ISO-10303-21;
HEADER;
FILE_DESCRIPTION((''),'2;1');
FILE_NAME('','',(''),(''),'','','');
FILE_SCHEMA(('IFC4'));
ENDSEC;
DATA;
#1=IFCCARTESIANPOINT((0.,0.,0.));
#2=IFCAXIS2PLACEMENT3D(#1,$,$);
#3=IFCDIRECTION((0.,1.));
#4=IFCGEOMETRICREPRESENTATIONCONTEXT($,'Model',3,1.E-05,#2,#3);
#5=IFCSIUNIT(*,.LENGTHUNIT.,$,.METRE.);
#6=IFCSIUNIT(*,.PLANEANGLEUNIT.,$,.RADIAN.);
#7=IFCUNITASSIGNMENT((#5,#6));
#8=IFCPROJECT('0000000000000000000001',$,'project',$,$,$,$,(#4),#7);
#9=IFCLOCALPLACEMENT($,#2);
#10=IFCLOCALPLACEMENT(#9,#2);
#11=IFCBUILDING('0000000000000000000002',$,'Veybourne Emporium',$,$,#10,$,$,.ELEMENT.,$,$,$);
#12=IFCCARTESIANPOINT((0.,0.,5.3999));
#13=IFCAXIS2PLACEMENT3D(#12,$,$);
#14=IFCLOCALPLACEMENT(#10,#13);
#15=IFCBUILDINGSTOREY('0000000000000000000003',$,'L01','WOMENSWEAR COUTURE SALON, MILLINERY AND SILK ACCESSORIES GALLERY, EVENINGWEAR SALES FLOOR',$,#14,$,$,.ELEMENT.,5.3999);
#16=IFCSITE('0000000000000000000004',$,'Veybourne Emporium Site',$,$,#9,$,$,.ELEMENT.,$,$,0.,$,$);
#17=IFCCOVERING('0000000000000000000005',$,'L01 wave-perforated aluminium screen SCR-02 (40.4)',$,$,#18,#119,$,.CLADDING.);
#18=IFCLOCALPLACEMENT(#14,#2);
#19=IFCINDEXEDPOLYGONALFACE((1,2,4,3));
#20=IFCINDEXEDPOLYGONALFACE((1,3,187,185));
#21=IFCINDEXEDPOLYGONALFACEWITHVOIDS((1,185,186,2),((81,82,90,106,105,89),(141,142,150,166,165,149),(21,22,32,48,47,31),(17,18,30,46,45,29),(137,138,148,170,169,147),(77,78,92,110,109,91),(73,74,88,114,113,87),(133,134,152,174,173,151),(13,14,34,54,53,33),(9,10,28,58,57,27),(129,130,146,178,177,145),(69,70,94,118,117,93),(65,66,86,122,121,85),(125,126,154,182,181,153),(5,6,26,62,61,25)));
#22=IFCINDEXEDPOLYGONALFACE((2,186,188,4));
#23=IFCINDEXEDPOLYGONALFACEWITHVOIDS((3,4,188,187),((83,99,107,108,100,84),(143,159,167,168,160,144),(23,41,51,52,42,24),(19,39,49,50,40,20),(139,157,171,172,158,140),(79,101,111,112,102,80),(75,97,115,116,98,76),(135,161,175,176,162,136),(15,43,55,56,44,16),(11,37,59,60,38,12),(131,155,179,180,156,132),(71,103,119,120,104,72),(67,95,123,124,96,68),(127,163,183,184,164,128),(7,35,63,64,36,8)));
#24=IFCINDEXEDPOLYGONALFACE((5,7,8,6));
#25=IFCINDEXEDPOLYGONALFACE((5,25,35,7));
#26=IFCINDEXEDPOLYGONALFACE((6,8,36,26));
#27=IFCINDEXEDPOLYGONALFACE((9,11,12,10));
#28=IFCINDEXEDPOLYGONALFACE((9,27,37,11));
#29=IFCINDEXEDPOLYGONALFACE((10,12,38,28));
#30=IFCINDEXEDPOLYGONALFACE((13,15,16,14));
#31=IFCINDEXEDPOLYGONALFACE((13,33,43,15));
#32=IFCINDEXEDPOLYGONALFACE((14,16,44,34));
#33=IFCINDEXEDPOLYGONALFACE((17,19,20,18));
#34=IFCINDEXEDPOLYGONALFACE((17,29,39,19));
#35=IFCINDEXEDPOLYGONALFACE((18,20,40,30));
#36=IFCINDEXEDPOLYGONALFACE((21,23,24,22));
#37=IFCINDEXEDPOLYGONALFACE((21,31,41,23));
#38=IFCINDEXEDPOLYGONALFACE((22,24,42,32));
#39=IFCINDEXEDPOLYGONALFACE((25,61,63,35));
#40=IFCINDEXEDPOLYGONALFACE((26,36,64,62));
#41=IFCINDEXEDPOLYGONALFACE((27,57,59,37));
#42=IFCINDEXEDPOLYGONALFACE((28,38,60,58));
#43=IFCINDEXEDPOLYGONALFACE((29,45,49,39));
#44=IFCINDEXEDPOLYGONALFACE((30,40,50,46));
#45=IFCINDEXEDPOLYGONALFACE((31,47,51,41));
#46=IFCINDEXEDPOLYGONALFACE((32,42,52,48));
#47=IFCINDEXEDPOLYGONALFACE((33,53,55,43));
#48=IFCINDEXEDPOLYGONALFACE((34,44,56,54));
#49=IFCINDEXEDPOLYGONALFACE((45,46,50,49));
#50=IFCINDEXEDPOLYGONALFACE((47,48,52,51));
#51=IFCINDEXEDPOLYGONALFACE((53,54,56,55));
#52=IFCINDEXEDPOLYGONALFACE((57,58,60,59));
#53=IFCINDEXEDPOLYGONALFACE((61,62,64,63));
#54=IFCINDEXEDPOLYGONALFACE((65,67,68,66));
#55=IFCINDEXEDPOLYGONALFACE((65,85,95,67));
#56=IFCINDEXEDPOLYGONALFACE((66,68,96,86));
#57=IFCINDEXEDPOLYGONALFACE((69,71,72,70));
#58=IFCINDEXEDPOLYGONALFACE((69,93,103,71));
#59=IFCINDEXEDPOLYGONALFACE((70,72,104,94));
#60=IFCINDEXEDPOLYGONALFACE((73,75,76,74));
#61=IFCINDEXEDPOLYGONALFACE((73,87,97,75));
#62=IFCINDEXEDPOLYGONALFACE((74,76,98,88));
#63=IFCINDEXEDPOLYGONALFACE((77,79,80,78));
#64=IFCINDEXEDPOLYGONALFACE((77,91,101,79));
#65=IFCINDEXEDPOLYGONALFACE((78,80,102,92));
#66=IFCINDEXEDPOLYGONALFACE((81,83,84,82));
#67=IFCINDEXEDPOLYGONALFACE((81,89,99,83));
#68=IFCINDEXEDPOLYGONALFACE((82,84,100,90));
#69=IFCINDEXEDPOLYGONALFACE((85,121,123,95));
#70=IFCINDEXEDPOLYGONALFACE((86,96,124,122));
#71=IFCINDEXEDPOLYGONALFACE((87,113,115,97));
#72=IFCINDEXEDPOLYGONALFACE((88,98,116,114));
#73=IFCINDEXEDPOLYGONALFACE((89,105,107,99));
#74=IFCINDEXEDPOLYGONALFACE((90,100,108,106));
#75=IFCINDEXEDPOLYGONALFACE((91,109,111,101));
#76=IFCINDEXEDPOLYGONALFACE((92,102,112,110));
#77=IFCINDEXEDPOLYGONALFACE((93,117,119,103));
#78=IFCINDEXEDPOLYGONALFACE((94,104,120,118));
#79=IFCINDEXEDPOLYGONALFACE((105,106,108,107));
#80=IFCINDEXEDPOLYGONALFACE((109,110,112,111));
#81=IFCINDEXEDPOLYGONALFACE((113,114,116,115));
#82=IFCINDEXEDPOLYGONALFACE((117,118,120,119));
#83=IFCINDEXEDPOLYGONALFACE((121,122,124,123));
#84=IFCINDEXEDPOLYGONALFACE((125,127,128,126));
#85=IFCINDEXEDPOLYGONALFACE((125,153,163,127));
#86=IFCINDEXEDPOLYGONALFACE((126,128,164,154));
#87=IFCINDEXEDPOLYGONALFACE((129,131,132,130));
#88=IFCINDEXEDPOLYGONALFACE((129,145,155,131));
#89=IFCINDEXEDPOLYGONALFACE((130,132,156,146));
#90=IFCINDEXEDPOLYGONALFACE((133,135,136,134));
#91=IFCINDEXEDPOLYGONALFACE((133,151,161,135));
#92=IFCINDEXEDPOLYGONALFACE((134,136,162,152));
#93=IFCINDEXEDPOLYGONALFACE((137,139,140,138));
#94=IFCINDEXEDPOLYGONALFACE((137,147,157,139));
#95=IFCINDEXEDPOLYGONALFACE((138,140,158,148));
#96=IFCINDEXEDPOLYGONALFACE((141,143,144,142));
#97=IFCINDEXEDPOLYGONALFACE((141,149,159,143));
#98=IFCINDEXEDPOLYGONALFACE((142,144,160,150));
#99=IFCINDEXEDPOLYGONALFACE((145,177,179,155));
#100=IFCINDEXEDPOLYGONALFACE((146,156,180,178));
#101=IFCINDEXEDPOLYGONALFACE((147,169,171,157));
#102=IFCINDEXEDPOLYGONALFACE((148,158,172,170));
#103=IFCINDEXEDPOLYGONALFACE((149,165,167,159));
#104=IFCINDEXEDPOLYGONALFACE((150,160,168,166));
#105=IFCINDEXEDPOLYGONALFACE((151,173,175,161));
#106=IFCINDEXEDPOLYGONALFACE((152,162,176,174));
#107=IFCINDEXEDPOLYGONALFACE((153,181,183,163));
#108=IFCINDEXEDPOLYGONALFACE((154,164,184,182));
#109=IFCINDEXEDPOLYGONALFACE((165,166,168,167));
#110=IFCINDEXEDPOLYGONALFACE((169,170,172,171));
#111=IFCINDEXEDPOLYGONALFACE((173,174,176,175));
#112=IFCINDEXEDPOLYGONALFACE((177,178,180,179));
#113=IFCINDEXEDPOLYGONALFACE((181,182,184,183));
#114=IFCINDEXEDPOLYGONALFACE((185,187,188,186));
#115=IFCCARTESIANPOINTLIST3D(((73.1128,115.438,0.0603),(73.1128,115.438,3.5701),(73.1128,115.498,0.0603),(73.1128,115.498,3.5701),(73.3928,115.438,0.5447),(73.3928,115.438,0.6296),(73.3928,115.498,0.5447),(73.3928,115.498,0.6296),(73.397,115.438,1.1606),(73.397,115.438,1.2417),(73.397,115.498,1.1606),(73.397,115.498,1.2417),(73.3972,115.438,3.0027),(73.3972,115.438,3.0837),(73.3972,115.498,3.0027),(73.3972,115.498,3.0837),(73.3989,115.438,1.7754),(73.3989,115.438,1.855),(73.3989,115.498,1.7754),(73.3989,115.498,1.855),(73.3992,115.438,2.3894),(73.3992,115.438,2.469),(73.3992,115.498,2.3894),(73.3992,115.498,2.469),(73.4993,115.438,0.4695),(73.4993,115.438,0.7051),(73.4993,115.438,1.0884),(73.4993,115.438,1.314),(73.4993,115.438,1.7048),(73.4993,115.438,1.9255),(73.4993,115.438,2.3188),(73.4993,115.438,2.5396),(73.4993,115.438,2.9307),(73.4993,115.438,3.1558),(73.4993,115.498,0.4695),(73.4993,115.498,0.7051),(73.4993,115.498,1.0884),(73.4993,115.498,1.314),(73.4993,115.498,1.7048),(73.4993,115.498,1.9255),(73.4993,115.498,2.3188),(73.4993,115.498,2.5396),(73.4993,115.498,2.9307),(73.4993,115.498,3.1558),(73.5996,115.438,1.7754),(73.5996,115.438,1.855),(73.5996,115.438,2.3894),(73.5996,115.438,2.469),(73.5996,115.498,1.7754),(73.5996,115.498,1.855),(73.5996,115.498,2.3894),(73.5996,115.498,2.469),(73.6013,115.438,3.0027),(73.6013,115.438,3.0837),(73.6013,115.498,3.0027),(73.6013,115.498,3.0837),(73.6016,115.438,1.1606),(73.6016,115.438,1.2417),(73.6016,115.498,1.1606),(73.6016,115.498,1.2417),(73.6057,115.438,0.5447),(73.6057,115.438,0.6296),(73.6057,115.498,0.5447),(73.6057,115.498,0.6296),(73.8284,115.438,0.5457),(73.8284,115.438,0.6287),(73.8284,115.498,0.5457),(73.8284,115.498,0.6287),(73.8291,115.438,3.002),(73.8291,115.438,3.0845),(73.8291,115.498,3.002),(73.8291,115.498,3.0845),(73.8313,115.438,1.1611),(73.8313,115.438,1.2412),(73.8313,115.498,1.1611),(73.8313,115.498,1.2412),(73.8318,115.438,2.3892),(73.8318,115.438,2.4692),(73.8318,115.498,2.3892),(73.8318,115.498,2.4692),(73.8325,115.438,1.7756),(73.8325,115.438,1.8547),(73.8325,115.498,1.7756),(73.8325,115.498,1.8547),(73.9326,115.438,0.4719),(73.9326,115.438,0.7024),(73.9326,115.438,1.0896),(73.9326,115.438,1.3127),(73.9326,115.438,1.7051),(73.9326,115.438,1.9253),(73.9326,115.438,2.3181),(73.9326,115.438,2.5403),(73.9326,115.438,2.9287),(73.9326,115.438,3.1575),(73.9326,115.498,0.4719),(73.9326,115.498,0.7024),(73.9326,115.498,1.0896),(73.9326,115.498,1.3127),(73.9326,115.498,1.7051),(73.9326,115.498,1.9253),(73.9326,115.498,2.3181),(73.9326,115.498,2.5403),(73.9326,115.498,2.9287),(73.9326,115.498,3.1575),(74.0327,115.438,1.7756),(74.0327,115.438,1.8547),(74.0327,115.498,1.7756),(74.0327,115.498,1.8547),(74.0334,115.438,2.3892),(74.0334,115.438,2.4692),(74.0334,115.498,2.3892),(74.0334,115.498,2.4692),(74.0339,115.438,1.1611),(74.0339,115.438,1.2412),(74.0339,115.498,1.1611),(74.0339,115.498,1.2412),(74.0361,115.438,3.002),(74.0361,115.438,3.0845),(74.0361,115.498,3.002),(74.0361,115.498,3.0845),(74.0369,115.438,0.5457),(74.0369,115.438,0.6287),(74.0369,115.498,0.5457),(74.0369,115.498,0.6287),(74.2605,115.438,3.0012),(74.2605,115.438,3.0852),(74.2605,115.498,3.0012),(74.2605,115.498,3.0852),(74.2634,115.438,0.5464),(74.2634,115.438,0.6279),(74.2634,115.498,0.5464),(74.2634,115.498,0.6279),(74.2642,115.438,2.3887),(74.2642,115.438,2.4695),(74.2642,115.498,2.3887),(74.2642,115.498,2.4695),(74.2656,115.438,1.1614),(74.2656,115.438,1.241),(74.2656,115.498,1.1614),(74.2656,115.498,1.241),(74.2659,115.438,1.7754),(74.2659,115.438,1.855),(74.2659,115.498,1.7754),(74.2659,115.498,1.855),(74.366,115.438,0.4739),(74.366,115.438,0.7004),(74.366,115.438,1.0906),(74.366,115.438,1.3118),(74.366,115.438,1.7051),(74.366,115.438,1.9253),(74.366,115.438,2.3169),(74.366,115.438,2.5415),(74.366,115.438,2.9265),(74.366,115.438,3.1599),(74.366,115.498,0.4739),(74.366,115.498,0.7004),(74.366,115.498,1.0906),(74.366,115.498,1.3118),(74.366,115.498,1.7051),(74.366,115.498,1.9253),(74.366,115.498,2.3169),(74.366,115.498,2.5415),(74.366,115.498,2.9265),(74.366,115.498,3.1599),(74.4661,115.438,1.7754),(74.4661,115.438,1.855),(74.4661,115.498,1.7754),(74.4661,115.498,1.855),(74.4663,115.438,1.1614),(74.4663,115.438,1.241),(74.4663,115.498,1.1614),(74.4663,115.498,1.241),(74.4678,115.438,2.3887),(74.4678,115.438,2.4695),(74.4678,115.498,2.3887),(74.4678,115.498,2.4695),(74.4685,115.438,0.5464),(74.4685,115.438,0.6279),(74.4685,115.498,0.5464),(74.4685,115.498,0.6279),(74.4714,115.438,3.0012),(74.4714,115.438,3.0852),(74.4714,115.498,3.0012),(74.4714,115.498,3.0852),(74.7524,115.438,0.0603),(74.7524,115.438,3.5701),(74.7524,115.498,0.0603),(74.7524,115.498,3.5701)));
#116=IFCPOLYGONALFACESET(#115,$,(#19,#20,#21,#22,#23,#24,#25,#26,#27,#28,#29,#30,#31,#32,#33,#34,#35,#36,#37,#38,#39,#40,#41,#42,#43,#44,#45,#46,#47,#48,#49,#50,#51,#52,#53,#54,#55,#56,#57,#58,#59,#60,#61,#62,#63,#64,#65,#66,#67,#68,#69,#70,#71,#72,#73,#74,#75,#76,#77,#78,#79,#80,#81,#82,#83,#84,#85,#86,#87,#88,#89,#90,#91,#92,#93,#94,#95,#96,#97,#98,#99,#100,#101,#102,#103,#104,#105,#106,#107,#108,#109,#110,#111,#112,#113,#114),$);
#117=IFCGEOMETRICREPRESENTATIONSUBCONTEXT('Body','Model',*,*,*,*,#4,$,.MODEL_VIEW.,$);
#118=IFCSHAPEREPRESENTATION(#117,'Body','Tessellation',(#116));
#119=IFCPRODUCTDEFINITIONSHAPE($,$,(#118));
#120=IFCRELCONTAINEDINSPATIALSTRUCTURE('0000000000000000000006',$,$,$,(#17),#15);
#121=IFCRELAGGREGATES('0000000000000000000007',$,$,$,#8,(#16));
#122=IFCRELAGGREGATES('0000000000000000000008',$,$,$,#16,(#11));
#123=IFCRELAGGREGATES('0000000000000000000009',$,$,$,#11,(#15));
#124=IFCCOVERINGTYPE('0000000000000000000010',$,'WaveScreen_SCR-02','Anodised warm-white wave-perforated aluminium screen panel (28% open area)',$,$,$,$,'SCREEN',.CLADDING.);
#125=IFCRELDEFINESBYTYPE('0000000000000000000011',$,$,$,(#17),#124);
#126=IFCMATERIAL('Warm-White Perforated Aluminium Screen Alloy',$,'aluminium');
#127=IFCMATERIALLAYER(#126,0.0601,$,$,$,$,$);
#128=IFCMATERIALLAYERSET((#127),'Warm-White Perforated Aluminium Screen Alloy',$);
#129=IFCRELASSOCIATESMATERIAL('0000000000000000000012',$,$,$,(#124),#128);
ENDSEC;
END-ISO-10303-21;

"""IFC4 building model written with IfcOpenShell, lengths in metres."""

from ifc_helpers import new_model, si_unit, direction, frame, origin, place, context, subcontext, project, spatial, polyline, outline, extrude, material, layer, layer_set, type_object, element, save


model = new_model("IFC4")

# Units and contexts
model_context = context("Model", 3, precision=1e-05, world=origin(), true_north=direction((0.0, 1.0)))
body_context = subcontext(model_context, "Body", "Model", "MODEL_VIEW")
ifc_project = project(units=[si_unit("LENGTHUNIT", "METRE"), si_unit("PLANEANGLEUNIT", "RADIAN")], contexts=[model_context])

# Site, building, storey
site_placement = place(None, origin())
site = spatial("IfcSite", under=ifc_project, at=site_placement, Name="Veybourne Emporium Site", CompositionType="ELEMENT", RefElevation=0.0)
building_placement = place(site_placement, origin())
building = spatial("IfcBuilding", under=site, at=building_placement, Name="Veybourne Emporium", CompositionType="ELEMENT")
storey_placement = place(building_placement, frame((0.0, 0.0, 5.3999)))
storey = spatial("IfcBuildingStorey", under=building, at=storey_placement, Name="L01", Description="WOMENSWEAR COUTURE SALON, MILLINERY AND SILK ACCESSORIES GALLERY, EVENINGWEAR SALES FLOOR", CompositionType="ELEMENT", Elevation=5.3999)

# Covering
ifc_material_1 = material(Name="Warm-White Perforated Aluminium Screen Alloy", Category="aluminium")
ifc_layer_1 = layer(ifc_material_1, 0.0601)
ifc_layer_set_1 = layer_set([ifc_layer_1], Name="Warm-White Perforated Aluminium Screen Alloy")
covering_type_1 = type_object("IfcCoveringType", Name="WaveScreen_SCR-02", Description="Anodised warm-white wave-perforated aluminium screen panel (28% open area)", ElementType="SCREEN", PredefinedType="CLADDING", material=ifc_layer_set_1)
covering_1_placement = place(storey_placement, frame((73.9326, 115.498, 1.8152), z_axis=(0.0, -1.0, 0.0), x_axis=(1.0, 0.0, 0.0)))
element("IfcCovering", 1, at=covering_1_placement, inside=storey, type_object=covering_type_1, Name="L01 wave-perforated aluminium screen SCR-02 (40.4)", PredefinedType="CLADDING", context=body_context, shape_type="SweptSolid", body=[
    extrude(outline(polyline([(-0.8198, -1.7549), (0.8198, -1.7549), (0.8198, 1.7549), (-0.8198, 1.7549), (-0.8198, -1.7549)]), holes=[polyline([(-0.4333, -1.1101), (-0.3269, -1.1855), (-0.3269, -1.2705), (-0.4333, -1.3457), (-0.5398, -1.2705), (-0.5398, -1.1855), (-0.4333, -1.1101)]), polyline([(-0.4333, -0.5012), (-0.3311, -0.5735), (-0.3311, -0.6545), (-0.4333, -0.7268), (-0.5356, -0.6545), (-0.5356, -0.5735), (-0.4333, -0.5012)]), polyline([(-0.4333, 0.1104), (-0.333, 0.0398), (-0.333, -0.0398), (-0.4333, -0.1104), (-0.5337, -0.0398), (-0.5337, 0.0398), (-0.4333, 0.1104)]), polyline([(-0.4333, 0.7244), (-0.333, 0.6538), (-0.333, 0.5742), (-0.4333, 0.5037), (-0.5334, 0.5742), (-0.5334, 0.6538), (-0.4333, 0.7244)]), polyline([(-0.4333, 1.3406), (-0.3313, 1.2686), (-0.3313, 1.1875), (-0.4333, 1.1155), (-0.5354, 1.1875), (-0.5354, 1.2686), (-0.4333, 1.3406)]), polyline([(0.0, -1.1128), (0.1042, -1.1865), (0.1042, -1.2695), (0.0, -1.3433), (-0.1042, -1.2695), (-0.1042, -1.1865), (0.0, -1.1128)]), polyline([(0.0, -0.5024), (0.1013, -0.574), (0.1013, -0.6541), (0.0, -0.7256), (-0.1013, -0.6541), (-0.1013, -0.574), (0.0, -0.5024)]), polyline([(0.0, 0.1101), (0.1001, 0.0396), (0.1001, -0.0396), (0.0, -0.1101), (-0.1001, -0.0396), (-0.1001, 0.0396), (0.0, 0.1101)]), polyline([(0.0, 0.7251), (0.1008, 0.6541), (0.1008, 0.574), (0.0, 0.5029), (-0.1008, 0.574), (-0.1008, 0.6541), (0.0, 0.7251)]), polyline([(0.0, 1.3423), (0.1035, 1.2693), (0.1035, 1.1868), (0.0, 1.1135), (-0.1035, 1.1868), (-0.1035, 1.2693), (0.0, 1.3423)]), polyline([(0.4333, -1.1147), (0.5359, -1.1873), (0.5359, -1.2688), (0.4333, -1.3413), (0.3308, -1.2688), (0.3308, -1.1873), (0.4333, -1.1147)]), polyline([(0.4333, -0.5034), (0.5337, -0.5742), (0.5337, -0.6538), (0.4333, -0.7246), (0.333, -0.6538), (0.333, -0.5742), (0.4333, -0.5034)]), polyline([(0.4333, 0.1101), (0.5334, 0.0398), (0.5334, -0.0398), (0.4333, -0.1101), (0.3333, -0.0398), (0.3333, 0.0398), (0.4333, 0.1101)]), polyline([(0.4333, 0.7263), (0.5352, 0.6543), (0.5352, 0.5735), (0.4333, 0.5017), (0.3315, 0.5735), (0.3315, 0.6543), (0.4333, 0.7263)]), polyline([(0.4333, 1.3447), (0.5388, 1.27), (0.5388, 1.186), (0.4333, 1.1113), (0.3279, 1.186), (0.3279, 1.27), (0.4333, 1.3447)])]), origin(), (0.0, 0.0, 1.0), 0.0601),
])

save(model, "model.ifc")
